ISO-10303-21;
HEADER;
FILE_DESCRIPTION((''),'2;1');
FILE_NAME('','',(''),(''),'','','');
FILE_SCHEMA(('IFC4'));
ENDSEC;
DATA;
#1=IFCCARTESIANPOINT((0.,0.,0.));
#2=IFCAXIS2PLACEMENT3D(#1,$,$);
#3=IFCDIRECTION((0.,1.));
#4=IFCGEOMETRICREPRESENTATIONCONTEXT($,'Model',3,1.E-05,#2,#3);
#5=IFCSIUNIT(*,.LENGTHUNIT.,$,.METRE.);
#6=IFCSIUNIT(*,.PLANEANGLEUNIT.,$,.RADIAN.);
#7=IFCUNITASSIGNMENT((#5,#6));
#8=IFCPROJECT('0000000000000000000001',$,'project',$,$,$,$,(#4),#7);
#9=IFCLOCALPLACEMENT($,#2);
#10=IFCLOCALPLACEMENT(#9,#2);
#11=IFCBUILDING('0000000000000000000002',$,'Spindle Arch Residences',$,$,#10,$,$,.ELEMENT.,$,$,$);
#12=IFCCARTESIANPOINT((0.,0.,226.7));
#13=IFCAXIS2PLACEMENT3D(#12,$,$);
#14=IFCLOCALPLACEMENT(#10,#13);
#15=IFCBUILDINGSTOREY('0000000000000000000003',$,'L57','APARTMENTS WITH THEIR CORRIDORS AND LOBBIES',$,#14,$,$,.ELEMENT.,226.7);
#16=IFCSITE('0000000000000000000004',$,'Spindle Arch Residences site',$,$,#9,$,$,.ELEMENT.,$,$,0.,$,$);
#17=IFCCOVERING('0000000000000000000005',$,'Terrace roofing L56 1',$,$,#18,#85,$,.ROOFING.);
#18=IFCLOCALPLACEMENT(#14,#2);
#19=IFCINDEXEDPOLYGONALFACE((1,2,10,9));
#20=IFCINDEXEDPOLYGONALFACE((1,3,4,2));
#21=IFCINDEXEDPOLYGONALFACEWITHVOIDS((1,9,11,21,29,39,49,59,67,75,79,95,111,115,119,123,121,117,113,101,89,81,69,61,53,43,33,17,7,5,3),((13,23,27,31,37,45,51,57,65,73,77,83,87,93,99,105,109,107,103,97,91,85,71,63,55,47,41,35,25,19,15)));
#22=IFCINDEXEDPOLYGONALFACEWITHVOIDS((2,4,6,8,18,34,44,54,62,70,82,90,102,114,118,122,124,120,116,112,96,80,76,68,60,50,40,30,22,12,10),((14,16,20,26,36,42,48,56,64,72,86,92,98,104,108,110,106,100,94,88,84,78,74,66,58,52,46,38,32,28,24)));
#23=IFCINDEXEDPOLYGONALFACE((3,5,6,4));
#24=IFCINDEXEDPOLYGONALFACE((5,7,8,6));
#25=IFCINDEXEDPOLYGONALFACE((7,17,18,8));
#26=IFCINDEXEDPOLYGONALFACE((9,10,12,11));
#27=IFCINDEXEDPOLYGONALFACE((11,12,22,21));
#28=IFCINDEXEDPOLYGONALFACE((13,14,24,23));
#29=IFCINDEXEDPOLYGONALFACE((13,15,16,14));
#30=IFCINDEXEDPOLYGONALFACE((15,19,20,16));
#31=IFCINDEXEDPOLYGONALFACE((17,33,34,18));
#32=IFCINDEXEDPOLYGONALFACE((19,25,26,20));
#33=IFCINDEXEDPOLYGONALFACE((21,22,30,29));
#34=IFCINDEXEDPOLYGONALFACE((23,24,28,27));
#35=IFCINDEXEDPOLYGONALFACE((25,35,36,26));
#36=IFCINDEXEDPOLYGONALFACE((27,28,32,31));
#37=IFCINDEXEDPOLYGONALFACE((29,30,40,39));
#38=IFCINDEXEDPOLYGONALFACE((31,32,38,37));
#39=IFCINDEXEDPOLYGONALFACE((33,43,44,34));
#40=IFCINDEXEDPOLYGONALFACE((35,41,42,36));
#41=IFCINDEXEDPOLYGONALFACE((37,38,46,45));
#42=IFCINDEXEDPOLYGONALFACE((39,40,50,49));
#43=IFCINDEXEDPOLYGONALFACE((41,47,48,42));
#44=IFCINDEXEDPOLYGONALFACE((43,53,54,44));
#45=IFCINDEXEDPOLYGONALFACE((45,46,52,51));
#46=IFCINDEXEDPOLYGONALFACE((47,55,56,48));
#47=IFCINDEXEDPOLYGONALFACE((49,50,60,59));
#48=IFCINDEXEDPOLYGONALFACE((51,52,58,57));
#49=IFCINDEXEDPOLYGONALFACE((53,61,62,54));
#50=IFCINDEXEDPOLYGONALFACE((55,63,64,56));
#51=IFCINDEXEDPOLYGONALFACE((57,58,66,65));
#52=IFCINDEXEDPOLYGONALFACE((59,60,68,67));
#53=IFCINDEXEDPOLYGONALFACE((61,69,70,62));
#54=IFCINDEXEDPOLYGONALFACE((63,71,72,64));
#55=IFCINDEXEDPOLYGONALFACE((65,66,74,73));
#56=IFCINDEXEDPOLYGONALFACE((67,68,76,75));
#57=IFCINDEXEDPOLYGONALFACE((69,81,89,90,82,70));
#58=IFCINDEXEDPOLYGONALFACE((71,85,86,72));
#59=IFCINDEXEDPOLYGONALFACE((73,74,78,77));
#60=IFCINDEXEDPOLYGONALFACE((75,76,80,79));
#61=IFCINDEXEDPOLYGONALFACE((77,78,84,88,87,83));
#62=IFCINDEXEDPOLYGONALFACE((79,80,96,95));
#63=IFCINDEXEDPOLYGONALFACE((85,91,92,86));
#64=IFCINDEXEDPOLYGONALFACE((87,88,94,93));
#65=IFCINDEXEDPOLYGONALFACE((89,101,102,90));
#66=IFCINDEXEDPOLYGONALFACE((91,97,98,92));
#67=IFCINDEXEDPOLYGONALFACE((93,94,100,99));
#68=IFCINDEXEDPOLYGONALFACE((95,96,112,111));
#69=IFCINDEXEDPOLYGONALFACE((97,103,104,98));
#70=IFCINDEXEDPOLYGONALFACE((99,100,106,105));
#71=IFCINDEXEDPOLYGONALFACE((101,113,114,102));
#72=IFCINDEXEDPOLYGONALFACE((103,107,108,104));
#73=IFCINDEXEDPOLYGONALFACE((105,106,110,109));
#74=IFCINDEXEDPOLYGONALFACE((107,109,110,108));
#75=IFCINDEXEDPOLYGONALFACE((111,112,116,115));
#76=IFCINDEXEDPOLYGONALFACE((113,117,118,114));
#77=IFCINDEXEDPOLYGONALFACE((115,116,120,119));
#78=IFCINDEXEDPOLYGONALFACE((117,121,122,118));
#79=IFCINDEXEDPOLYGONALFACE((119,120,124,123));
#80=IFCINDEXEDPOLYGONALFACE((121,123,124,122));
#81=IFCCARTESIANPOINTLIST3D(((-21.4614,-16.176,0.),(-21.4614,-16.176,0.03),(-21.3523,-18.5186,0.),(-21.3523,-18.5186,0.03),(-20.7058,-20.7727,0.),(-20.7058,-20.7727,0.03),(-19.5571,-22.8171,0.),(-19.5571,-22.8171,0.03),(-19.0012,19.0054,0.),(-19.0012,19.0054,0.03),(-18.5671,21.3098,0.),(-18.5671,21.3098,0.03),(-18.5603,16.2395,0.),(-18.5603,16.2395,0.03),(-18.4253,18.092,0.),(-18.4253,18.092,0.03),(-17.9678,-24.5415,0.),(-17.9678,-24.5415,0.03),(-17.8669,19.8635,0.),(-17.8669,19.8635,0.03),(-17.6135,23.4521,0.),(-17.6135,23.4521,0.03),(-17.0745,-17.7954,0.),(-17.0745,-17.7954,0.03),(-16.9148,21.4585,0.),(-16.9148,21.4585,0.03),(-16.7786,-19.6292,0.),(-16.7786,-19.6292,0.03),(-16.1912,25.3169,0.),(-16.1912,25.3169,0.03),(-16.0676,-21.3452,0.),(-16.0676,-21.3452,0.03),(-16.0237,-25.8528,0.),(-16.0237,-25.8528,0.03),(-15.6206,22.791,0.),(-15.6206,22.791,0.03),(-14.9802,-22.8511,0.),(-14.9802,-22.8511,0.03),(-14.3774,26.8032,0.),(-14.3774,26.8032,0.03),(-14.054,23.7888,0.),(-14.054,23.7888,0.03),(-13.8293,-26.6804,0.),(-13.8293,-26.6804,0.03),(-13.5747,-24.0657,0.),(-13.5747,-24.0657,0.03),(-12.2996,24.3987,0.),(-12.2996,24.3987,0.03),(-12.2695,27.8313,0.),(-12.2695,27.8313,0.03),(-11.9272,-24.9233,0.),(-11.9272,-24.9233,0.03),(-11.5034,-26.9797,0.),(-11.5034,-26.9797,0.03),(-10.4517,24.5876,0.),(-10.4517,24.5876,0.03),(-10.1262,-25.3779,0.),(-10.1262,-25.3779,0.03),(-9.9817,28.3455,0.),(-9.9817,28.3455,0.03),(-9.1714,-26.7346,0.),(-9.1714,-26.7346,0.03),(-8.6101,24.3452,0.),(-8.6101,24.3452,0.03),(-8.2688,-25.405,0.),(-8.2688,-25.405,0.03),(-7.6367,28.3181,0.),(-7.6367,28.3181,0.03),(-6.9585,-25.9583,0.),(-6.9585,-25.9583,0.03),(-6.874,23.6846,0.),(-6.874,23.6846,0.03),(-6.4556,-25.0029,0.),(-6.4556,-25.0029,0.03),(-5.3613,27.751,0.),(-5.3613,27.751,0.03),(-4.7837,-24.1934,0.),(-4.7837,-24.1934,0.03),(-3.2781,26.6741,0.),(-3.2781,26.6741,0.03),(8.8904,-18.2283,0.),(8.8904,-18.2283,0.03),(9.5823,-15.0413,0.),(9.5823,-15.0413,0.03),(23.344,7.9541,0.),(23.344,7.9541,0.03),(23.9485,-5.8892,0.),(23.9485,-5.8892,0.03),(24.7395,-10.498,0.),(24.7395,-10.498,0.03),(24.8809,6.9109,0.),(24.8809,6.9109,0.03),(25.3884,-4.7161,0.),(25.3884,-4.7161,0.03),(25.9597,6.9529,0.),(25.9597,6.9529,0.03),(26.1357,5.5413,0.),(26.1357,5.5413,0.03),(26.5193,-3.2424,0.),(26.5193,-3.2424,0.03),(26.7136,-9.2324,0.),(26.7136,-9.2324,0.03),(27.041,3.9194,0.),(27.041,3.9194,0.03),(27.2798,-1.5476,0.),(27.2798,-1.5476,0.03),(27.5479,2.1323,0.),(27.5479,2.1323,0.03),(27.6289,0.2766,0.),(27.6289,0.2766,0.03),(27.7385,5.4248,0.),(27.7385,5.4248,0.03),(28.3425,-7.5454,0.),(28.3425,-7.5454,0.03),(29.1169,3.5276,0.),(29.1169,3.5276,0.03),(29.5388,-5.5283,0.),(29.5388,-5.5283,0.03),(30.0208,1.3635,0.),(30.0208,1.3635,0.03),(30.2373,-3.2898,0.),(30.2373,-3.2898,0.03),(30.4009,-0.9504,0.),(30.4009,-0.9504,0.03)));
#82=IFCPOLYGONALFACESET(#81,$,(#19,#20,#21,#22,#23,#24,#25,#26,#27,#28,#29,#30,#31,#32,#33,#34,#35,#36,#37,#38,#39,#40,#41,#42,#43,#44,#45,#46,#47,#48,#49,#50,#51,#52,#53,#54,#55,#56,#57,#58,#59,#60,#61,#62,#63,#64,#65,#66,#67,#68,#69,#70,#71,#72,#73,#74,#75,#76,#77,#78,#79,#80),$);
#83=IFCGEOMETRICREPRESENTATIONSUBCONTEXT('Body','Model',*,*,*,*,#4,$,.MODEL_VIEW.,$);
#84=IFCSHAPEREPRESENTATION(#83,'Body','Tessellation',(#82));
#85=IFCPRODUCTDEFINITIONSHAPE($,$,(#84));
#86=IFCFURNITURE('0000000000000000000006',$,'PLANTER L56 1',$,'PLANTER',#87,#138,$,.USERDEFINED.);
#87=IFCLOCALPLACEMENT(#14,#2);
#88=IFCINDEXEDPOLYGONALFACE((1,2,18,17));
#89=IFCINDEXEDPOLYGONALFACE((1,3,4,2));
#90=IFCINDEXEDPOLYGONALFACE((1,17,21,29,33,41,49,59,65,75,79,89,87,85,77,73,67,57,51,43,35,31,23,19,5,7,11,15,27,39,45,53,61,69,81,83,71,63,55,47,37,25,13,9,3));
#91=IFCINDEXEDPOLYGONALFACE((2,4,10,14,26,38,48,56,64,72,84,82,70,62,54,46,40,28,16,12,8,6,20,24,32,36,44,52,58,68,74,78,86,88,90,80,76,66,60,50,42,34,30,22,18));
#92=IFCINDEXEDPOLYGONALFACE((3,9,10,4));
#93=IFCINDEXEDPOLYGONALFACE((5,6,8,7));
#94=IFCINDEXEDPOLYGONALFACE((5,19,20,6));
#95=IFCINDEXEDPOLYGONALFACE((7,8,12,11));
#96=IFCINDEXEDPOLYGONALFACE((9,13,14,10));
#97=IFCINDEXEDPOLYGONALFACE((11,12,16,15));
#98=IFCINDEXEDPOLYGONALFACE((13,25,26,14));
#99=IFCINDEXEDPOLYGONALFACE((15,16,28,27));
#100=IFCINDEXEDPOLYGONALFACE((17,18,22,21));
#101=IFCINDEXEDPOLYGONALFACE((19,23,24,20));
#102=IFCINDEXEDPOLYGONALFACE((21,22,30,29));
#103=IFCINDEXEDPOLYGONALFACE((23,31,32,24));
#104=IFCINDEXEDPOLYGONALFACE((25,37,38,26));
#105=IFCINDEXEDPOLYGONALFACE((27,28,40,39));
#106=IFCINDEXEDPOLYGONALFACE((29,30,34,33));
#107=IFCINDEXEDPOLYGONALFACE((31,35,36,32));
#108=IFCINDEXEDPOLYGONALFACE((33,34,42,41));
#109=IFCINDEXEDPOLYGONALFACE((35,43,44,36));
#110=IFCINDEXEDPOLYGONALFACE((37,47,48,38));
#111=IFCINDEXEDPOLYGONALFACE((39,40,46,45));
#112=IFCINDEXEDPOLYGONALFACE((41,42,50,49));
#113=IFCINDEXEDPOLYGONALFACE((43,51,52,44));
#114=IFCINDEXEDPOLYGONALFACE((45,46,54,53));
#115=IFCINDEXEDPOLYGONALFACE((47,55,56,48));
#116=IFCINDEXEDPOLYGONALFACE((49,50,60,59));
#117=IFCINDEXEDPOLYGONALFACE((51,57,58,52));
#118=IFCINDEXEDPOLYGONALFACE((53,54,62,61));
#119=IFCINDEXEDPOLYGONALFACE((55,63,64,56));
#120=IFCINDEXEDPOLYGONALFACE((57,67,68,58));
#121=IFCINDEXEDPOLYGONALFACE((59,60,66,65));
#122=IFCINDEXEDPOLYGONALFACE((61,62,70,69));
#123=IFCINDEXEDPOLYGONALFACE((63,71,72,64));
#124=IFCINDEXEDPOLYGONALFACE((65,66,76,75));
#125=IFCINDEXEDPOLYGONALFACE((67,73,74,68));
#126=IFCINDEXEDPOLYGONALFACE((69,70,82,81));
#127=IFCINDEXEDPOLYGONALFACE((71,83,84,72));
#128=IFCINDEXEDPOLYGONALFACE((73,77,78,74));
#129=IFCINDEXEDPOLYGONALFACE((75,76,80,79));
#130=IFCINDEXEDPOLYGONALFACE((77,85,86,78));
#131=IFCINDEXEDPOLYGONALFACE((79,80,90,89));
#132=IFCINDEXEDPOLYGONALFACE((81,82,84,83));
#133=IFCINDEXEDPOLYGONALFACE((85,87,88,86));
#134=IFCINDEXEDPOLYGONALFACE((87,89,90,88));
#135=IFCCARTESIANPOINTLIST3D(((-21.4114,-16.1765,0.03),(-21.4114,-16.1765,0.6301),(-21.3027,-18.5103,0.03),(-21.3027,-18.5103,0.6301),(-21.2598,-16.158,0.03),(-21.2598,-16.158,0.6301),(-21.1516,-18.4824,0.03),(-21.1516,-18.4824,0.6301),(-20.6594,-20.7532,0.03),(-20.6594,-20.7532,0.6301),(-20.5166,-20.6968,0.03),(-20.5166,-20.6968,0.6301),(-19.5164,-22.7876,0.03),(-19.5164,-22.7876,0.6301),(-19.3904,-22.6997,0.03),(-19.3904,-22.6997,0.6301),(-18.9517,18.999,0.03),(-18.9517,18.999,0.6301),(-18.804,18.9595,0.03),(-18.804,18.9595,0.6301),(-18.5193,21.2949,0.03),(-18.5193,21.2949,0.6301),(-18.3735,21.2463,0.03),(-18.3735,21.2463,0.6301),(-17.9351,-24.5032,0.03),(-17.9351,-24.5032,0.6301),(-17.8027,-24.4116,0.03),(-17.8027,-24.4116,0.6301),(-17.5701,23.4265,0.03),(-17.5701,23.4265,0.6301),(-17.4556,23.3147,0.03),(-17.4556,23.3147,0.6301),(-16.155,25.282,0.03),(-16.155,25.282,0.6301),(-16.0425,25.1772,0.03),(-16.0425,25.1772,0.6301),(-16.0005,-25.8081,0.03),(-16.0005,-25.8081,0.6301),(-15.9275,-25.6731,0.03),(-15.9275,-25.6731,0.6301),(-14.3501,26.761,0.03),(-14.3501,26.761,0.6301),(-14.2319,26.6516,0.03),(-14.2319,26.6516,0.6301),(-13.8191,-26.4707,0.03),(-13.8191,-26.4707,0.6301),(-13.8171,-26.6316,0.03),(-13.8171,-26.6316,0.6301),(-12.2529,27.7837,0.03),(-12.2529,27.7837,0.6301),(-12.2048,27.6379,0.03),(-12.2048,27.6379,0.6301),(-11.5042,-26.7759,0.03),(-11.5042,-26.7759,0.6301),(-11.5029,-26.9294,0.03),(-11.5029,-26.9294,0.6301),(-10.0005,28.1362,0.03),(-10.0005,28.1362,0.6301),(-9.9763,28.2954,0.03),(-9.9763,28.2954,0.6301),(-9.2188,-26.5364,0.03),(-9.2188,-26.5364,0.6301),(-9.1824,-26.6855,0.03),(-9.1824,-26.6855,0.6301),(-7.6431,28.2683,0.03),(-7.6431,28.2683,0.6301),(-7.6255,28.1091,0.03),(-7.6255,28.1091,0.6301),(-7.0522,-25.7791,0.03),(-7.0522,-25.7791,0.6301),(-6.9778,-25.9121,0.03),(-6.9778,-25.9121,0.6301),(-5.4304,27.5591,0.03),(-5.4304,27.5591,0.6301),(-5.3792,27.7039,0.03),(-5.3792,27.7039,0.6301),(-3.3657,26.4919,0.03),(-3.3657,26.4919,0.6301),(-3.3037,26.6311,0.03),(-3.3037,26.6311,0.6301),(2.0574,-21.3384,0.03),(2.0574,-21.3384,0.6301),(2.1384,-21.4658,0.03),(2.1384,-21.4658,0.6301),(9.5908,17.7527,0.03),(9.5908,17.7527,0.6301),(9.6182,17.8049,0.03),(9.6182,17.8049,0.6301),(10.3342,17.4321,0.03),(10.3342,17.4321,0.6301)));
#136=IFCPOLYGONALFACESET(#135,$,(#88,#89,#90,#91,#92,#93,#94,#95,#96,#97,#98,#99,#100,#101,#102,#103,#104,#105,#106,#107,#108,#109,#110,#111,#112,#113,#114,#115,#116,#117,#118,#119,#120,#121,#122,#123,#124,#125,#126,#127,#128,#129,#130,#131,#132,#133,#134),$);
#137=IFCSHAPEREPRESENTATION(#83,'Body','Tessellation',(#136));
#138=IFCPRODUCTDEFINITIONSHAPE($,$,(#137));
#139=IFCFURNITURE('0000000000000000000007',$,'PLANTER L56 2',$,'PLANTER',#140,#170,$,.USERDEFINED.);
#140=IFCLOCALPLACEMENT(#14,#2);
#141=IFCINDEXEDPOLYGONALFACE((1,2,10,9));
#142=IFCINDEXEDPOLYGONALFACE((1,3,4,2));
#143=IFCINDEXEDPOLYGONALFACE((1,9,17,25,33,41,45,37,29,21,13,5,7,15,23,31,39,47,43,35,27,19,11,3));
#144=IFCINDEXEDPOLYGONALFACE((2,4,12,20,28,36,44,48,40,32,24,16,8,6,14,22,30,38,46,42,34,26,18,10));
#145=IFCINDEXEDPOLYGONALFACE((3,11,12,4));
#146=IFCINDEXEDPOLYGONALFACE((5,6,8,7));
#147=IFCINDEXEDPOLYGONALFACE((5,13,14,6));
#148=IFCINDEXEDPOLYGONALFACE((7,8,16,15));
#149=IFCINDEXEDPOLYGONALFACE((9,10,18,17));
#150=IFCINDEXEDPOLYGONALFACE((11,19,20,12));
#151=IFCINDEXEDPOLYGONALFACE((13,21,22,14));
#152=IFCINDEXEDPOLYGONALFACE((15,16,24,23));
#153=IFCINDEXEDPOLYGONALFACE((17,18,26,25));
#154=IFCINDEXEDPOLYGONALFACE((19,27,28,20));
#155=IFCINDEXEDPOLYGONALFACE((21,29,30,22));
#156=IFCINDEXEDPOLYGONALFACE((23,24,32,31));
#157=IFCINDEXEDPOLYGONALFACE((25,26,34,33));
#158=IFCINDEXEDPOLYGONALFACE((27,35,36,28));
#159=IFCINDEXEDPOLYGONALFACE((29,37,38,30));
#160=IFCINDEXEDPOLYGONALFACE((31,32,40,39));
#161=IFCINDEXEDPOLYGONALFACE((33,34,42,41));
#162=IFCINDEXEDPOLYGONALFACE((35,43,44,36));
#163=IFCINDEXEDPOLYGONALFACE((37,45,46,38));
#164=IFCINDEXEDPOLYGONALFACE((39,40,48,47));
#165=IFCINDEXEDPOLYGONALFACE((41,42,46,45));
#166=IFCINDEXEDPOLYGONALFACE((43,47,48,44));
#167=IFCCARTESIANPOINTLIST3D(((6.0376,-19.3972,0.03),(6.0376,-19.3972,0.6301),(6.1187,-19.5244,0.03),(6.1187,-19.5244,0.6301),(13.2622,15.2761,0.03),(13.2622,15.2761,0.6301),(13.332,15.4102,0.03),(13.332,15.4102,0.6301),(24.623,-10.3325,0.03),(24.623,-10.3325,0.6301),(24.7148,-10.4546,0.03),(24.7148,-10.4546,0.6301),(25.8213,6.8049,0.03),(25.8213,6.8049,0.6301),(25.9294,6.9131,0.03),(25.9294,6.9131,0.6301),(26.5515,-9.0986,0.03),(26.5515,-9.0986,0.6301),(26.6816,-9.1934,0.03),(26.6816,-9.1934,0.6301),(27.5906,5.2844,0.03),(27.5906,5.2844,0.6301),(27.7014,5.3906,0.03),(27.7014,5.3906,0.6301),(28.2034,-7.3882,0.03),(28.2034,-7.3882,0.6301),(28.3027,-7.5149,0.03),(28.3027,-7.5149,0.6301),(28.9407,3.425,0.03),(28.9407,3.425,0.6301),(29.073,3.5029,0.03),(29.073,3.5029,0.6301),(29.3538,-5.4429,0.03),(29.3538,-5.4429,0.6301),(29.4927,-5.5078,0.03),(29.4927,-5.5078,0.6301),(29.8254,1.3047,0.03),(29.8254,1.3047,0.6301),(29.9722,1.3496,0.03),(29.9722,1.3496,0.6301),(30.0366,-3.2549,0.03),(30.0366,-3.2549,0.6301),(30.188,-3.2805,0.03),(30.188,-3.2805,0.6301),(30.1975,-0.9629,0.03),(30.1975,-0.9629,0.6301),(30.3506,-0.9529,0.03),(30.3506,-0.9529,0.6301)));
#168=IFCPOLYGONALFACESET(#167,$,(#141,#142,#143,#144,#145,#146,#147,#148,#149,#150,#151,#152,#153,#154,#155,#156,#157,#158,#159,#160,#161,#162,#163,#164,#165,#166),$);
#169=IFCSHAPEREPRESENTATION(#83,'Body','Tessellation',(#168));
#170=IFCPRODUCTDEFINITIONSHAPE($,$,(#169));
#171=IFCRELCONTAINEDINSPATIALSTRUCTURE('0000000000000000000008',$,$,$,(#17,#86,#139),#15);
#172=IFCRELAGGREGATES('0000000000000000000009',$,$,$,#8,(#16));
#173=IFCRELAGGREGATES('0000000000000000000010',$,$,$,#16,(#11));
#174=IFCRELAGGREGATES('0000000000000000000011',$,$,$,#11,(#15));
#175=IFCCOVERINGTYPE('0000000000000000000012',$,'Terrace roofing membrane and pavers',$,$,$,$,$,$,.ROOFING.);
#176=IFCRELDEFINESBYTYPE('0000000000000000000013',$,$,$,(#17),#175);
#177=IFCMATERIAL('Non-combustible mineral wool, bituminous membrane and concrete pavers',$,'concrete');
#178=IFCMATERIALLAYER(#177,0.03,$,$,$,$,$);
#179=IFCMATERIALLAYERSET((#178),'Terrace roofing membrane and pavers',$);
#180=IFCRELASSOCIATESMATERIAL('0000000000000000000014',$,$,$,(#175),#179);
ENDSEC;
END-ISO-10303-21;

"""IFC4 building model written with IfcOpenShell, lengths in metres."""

from ifc_helpers import new_model, si_unit, direction, frame, origin, place, context, subcontext, project, spatial, polyline, outline, extrude, material, layer, layer_set, type_object, element, save


model = new_model("IFC4")

# Units and contexts
model_context = context("Model", 3, precision=1e-05, world=origin(), true_north=direction((0.0, 1.0)))
body_context = subcontext(model_context, "Body", "Model", "MODEL_VIEW")
ifc_project = project(units=[si_unit("LENGTHUNIT", "METRE"), si_unit("PLANEANGLEUNIT", "RADIAN")], contexts=[model_context])

# Site, building, storey
site_placement = place(None, origin())
site = spatial("IfcSite", under=ifc_project, at=site_placement, Name="Spindle Arch Residences site", CompositionType="ELEMENT", RefElevation=0.0)
building_placement = place(site_placement, origin())
building = spatial("IfcBuilding", under=site, at=building_placement, Name="Spindle Arch Residences", CompositionType="ELEMENT")
storey_placement = place(building_placement, frame((0.0, 0.0, 226.7)))
storey = spatial("IfcBuildingStorey", under=building, at=storey_placement, Name="L57", Description="APARTMENTS WITH THEIR CORRIDORS AND LOBBIES", CompositionType="ELEMENT", Elevation=226.7)

# Covering
ifc_material_1 = material(Name="Non-combustible mineral wool, bituminous membrane and concrete pavers", Category="concrete")
ifc_layer_1 = layer(ifc_material_1, 0.03)
ifc_layer_set_1 = layer_set([ifc_layer_1], Name="Terrace roofing membrane and pavers")
covering_type = type_object("IfcCoveringType", Name="Terrace roofing membrane and pavers", PredefinedType="ROOFING", material=ifc_layer_set_1)
covering_placement = place(storey_placement, origin())
element("IfcCovering", 1, at=covering_placement, inside=storey, type_object=covering_type, Name="Terrace roofing L56 1", PredefinedType="ROOFING", context=body_context, shape_type="SweptSolid", body=[
    extrude(outline(polyline([(-6.9585, -25.9583), (-9.1714, -26.7346), (-11.5034, -26.9797), (-13.8293, -26.6804), (-16.0237, -25.8528), (-17.9678, -24.5415), (-19.5571, -22.8171), (-20.7058, -20.7727), (-21.3523, -18.5186), (-21.4614, -16.176), (-19.0012, 19.0054), (-18.5671, 21.3098), (-17.6135, 23.4521), (-16.1912, 25.3169), (-14.3774, 26.8032), (-12.2695, 27.8313), (-9.9817, 28.3455), (-7.6367, 28.3181), (-5.3613, 27.751), (-3.2781, 26.6741), (25.9597, 6.9529), (27.7385, 5.4248), (29.1169, 3.5276), (30.0208, 1.3635), (30.4009, -0.9504), (30.2373, -3.2898), (29.5388, -5.5283), (28.3425, -7.5454), (26.7136, -9.2324), (24.7395, -10.498), (8.8904, -18.2283), (-6.9585, -25.9583)]), holes=[polyline([(23.9485, -5.8892), (25.3884, -4.7161), (26.5193, -3.2424), (27.2798, -1.5476), (27.6289, 0.2766), (27.5479, 2.1323), (27.041, 3.9194), (26.1357, 5.5413), (24.8809, 6.9109), (23.344, 7.9541), (-6.874, 23.6846), (-8.6101, 24.3452), (-10.4517, 24.5876), (-12.2996, 24.3987), (-14.054, 23.7888), (-15.6206, 22.791), (-16.9148, 21.4585), (-17.8669, 19.8635), (-18.4253, 18.092), (-18.5603, 16.2395), (-17.0745, -17.7954), (-16.7786, -19.6292), (-16.0676, -21.3452), (-14.9802, -22.8511), (-13.5747, -24.0657), (-11.9272, -24.9233), (-10.1262, -25.3779), (-8.2688, -25.405), (-6.4556, -25.0029), (-4.7837, -24.1934), (9.5823, -15.0413), (23.9485, -5.8892)])]), origin(), (0.0, 0.0, 1.0), 0.03),
])

# Furniture
furniture_1_placement = place(storey_placement, frame((0.0, 0.0, 0.03)))
element("IfcFurniture", 2, at=furniture_1_placement, inside=storey, Name="PLANTER L56 1", ObjectType="PLANTER", PredefinedType="USERDEFINED", context=body_context, shape_type="SweptSolid", body=[
    extrude(outline(polyline([(-11.5029, -26.9294), (-13.8171, -26.6316), (-16.0005, -25.8081), (-17.9351, -24.5032), (-19.5164, -22.7876), (-20.6594, -20.7532), (-21.3027, -18.5103), (-21.4114, -16.1765), (-18.9517, 18.999), (-18.5193, 21.2949), (-17.5701, 23.4265), (-16.155, 25.282), (-14.3501, 26.761), (-12.2529, 27.7837), (-9.9763, 28.2954), (-7.6431, 28.2683), (-5.3792, 27.7039), (-3.3037, 26.6311), (10.3342, 17.4321), (9.6182, 17.8049), (9.5908, 17.7527), (-3.3657, 26.4919), (-5.4304, 27.5591), (-7.6255, 28.1091), (-10.0005, 28.1362), (-12.2048, 27.6379), (-14.2319, 26.6516), (-16.0425, 25.1772), (-17.4556, 23.3147), (-18.3735, 21.2463), (-18.804, 18.9595), (-21.2598, -16.158), (-21.1516, -18.4824), (-20.5166, -20.6968), (-19.3904, -22.6997), (-17.8027, -24.4116), (-15.9275, -25.6731), (-13.8191, -26.4707), (-11.5042, -26.7759), (-9.2188, -26.5364), (-7.0522, -25.7791), (2.0574, -21.3384), (2.1384, -21.4658), (-6.9778, -25.9121), (-9.1824, -26.6855), (-11.5029, -26.9294)])), origin(), (0.0, 0.0, 1.0), 0.6001),
])
furniture_2_placement = place(storey_placement, frame((0.0, 0.0, 0.03)))
element("IfcFurniture", 3, at=furniture_2_placement, inside=storey, Name="PLANTER L56 2", ObjectType="PLANTER", PredefinedType="USERDEFINED", context=body_context, shape_type="SweptSolid", body=[
    extrude(outline(polyline([(25.9294, 6.9131), (27.7014, 5.3906), (29.073, 3.5029), (29.9722, 1.3496), (30.3506, -0.9529), (30.188, -3.2805), (29.4927, -5.5078), (28.3027, -7.5149), (26.6816, -9.1934), (24.7148, -10.4546), (6.1187, -19.5244), (6.0376, -19.3972), (24.623, -10.3325), (26.5515, -9.0986), (28.2034, -7.3882), (29.3538, -5.4429), (30.0366, -3.2549), (30.1975, -0.9629), (29.8254, 1.3047), (28.9407, 3.425), (27.5906, 5.2844), (25.8213, 6.8049), (13.2622, 15.2761), (13.332, 15.4102), (25.9294, 6.9131)])), origin(), (0.0, 0.0, 1.0), 0.6001),
])

save(model, "model.ifc")
